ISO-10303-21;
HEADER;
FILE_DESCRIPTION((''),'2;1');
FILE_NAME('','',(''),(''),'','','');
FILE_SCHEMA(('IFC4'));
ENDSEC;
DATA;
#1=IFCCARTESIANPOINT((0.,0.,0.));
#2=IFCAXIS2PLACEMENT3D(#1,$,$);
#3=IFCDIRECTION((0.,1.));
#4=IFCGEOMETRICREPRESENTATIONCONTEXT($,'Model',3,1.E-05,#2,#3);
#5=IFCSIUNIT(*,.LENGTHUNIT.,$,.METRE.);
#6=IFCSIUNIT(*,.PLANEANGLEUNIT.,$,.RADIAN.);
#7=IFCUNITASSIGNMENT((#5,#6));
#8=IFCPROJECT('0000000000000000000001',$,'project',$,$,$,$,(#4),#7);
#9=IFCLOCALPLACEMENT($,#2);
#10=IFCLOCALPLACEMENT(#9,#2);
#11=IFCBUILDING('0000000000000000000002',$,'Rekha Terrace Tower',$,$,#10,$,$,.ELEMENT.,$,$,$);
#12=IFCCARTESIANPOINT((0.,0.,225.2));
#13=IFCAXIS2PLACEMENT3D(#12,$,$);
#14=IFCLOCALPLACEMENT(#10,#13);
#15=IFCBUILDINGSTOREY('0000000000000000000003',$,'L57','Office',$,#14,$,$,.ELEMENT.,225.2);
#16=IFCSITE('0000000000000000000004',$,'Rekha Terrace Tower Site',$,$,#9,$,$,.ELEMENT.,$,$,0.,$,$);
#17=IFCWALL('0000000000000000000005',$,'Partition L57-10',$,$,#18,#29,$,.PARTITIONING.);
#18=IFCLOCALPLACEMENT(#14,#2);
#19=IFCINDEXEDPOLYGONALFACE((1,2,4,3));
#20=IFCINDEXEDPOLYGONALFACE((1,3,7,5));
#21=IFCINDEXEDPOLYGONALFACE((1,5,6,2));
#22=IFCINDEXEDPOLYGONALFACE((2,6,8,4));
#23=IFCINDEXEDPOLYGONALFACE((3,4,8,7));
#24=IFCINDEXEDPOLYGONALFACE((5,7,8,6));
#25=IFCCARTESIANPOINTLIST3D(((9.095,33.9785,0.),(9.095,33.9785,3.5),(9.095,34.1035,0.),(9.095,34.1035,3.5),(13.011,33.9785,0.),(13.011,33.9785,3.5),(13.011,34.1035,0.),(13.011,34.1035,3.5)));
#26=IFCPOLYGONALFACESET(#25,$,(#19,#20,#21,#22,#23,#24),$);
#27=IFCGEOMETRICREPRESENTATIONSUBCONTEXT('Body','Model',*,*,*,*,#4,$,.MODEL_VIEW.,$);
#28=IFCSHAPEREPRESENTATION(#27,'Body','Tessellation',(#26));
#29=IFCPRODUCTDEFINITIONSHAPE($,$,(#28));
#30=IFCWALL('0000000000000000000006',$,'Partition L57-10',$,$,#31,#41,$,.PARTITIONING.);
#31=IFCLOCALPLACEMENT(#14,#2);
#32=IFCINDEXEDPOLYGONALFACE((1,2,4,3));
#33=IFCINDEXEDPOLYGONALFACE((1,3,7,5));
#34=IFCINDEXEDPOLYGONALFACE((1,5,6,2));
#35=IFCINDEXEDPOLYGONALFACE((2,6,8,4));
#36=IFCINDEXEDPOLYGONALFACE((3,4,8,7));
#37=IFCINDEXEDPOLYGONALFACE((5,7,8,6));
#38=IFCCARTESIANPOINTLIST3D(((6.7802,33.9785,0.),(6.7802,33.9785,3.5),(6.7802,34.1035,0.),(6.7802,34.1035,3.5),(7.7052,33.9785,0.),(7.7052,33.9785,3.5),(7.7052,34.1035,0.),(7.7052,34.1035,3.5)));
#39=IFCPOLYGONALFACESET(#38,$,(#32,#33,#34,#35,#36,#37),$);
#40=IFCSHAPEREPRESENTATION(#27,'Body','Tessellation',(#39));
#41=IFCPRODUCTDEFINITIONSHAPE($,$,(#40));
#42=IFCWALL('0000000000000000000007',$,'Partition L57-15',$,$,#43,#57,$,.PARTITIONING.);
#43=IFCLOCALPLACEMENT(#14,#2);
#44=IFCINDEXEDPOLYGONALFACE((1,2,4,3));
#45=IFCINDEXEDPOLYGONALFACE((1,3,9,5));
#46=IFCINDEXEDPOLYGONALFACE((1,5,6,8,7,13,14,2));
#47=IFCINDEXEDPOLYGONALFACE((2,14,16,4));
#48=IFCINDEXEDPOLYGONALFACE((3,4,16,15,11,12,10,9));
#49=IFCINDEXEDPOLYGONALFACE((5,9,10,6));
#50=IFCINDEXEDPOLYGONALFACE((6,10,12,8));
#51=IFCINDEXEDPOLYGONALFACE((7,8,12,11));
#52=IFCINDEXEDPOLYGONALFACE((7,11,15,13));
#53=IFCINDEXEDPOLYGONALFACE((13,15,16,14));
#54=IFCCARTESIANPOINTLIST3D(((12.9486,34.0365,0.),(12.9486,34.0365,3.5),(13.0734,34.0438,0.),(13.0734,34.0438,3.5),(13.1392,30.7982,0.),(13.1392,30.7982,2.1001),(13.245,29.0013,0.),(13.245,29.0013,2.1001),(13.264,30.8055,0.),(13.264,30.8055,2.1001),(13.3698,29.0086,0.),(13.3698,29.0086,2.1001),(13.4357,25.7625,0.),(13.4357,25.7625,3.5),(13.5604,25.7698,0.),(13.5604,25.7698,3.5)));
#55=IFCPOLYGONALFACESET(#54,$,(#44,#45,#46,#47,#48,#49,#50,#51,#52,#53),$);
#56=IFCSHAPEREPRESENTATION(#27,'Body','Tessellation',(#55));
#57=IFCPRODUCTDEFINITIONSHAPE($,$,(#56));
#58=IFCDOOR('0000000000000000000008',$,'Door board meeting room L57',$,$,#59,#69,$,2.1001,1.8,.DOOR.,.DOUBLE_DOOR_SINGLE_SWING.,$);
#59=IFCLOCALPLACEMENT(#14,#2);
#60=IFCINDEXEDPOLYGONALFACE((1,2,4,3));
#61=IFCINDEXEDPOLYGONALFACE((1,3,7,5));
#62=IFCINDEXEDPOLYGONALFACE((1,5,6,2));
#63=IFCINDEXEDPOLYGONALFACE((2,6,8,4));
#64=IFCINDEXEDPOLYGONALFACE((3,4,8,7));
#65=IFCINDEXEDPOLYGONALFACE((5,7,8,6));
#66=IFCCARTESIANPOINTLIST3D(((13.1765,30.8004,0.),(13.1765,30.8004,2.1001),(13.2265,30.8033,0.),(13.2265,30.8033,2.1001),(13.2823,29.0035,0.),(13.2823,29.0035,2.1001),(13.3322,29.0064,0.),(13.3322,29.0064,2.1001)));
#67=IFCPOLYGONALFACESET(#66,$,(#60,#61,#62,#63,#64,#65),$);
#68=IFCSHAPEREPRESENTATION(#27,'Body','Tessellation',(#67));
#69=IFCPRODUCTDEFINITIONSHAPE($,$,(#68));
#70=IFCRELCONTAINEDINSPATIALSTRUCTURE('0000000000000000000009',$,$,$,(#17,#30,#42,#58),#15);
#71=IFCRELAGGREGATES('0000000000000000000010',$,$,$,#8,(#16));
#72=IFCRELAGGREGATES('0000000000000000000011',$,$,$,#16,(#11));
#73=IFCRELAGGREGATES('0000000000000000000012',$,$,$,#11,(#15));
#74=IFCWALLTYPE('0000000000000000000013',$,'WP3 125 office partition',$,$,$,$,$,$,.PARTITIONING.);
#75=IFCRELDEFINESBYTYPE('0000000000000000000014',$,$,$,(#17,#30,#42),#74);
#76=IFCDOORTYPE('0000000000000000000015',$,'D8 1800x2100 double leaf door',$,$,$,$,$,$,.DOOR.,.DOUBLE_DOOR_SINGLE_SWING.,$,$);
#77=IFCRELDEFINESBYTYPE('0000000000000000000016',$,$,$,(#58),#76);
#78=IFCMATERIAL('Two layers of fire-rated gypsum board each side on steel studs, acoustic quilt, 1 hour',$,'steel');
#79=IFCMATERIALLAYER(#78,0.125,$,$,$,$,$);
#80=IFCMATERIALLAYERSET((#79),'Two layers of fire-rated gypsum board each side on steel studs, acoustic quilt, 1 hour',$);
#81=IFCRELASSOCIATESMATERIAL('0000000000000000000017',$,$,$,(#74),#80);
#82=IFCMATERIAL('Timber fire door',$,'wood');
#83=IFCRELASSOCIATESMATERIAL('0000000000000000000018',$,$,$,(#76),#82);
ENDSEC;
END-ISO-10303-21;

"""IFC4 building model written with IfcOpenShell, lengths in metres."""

from ifc_helpers import new_model, si_unit, direction, frame, frame_2d, origin, place, context, subcontext, project, spatial, rectangle, extrude, material, layer, layer_set, type_object, element, fill, save


model = new_model("IFC4")

# Units and contexts
model_context = context("Model", 3, precision=1e-05, world=origin(), true_north=direction((0.0, 1.0)))
body_context = subcontext(model_context, "Body", "Model", "MODEL_VIEW")
ifc_project = project(units=[si_unit("LENGTHUNIT", "METRE"), si_unit("PLANEANGLEUNIT", "RADIAN")], contexts=[model_context])

# Site, building, storey
site_placement = place(None, origin())
site = spatial("IfcSite", under=ifc_project, at=site_placement, Name="Rekha Terrace Tower Site", CompositionType="ELEMENT", RefElevation=0.0)
building_placement = place(site_placement, origin())
building = spatial("IfcBuilding", under=site, at=building_placement, Name="Rekha Terrace Tower", CompositionType="ELEMENT")
storey_placement = place(building_placement, frame((0.0, 0.0, 225.2)))
storey = spatial("IfcBuildingStorey", under=building, at=storey_placement, Name="L57", Description="Office", CompositionType="ELEMENT", Elevation=225.2)

# Shared definitions
ifc_material_1 = material(Name="Two layers of fire-rated gypsum board each side on steel studs, acoustic quilt, 1 hour", Category="steel")
ifc_layer_1 = layer(ifc_material_1, 0.125)
ifc_layer_set_1 = layer_set([ifc_layer_1], Name="Two layers of fire-rated gypsum board each side on steel studs, acoustic quilt, 1 hour")
wall_type_1 = type_object("IfcWallType", Name="WP3 125 office partition", PredefinedType="PARTITIONING", material=ifc_layer_set_1)

# Shared definitions
ifc_material_2 = material(Name="Timber fire door", Category="wood")
door_type = type_object("IfcDoorType", Name="D8 1800x2100 double leaf door", OperationType="DOUBLE_DOOR_SINGLE_SWING", PredefinedType="DOOR", material=ifc_material_2)

# Walls
wall_1_placement = place(storey_placement, frame((13.011, 34.041, 0.0), z_axis=(0.0, 0.0, 1.0), x_axis=(-1.0, 0.0, 0.0)))
element("IfcWall", 1, at=wall_1_placement, inside=storey, type_object=wall_type_1, Name="Partition L57-10", PredefinedType="PARTITIONING", context=body_context, shape_type="SweptSolid", body=[
    extrude(rectangle(XDim=3.916, YDim=0.125, at=frame_2d((1.958, 0.0))), origin(), (0.0, 0.0, 1.0), 3.5),
])
wall_2_placement = place(storey_placement, frame((7.7051, 34.041, 0.0), z_axis=(0.0, 0.0, 1.0), x_axis=(-1.0, 0.0, 0.0)))
element("IfcWall", 2, at=wall_2_placement, inside=storey, type_object=wall_type_1, Name="Partition L57-10", PredefinedType="PARTITIONING", context=body_context, shape_type="SweptSolid", body=[
    extrude(rectangle(XDim=0.925, YDim=0.125, at=frame_2d((0.4624, 0.0))), origin(), (0.0, 0.0, 1.0), 3.5),
])

# Wall, opening, door
wall_3_placement = place(storey_placement, frame((13.011, 34.04, 0.0), z_axis=(0.0, 0.0, 1.0), x_axis=(0.058765, -0.998272, 0.0)))
wall_3 = element("IfcWall", 3, at=wall_3_placement, inside=storey, type_object=wall_type_1, Name="Partition L57-15", PredefinedType="PARTITIONING", context=body_context, shape_type="SweptSolid", body=[
    extrude(rectangle(XDim=8.2883, YDim=0.125, at=frame_2d((4.144, 0.0))), origin(), (0.0, 0.0, 1.0), 3.5),
])
opening_1_placement = place(wall_3_placement, frame((3.2439, 0.0, 0.0)))
opening_1 = element("IfcOpeningElement", 4, at=opening_1_placement, cuts=wall_3, PredefinedType="OPENING", context=body_context, shape_type="SweptSolid", body=[
    extrude(rectangle(XDim=1.8, YDim=2.1001, at=frame_2d((0.8999, 1.05))), frame((0.0, 0.0725, 0.0), z_axis=(0.0, -1.0, 0.0), x_axis=(1.0, 0.0, 0.0)), (0.0, 0.0, 1.0), 0.145),
])
door_1_placement = place(opening_1_placement, origin())
door_1 = element("IfcDoor", 5, at=door_1_placement, inside=storey, type_object=door_type, Name="Door board meeting room L57", OperationType="DOUBLE_DOOR_SINGLE_SWING", OverallHeight=2.1001, OverallWidth=1.8, PredefinedType="DOOR", context=body_context, shape_type="SweptSolid", body=[
    extrude(rectangle(XDim=1.8, YDim=2.1001, at=frame_2d((0.8999, 1.05))), frame((0.0, 0.0249, 0.0), z_axis=(0.0, -1.0, 0.0), x_axis=(1.0, 0.0, 0.0)), (0.0, 0.0, 1.0), 0.05),
])
fill(opening_1, door_1)

save(model, "model.ifc")
